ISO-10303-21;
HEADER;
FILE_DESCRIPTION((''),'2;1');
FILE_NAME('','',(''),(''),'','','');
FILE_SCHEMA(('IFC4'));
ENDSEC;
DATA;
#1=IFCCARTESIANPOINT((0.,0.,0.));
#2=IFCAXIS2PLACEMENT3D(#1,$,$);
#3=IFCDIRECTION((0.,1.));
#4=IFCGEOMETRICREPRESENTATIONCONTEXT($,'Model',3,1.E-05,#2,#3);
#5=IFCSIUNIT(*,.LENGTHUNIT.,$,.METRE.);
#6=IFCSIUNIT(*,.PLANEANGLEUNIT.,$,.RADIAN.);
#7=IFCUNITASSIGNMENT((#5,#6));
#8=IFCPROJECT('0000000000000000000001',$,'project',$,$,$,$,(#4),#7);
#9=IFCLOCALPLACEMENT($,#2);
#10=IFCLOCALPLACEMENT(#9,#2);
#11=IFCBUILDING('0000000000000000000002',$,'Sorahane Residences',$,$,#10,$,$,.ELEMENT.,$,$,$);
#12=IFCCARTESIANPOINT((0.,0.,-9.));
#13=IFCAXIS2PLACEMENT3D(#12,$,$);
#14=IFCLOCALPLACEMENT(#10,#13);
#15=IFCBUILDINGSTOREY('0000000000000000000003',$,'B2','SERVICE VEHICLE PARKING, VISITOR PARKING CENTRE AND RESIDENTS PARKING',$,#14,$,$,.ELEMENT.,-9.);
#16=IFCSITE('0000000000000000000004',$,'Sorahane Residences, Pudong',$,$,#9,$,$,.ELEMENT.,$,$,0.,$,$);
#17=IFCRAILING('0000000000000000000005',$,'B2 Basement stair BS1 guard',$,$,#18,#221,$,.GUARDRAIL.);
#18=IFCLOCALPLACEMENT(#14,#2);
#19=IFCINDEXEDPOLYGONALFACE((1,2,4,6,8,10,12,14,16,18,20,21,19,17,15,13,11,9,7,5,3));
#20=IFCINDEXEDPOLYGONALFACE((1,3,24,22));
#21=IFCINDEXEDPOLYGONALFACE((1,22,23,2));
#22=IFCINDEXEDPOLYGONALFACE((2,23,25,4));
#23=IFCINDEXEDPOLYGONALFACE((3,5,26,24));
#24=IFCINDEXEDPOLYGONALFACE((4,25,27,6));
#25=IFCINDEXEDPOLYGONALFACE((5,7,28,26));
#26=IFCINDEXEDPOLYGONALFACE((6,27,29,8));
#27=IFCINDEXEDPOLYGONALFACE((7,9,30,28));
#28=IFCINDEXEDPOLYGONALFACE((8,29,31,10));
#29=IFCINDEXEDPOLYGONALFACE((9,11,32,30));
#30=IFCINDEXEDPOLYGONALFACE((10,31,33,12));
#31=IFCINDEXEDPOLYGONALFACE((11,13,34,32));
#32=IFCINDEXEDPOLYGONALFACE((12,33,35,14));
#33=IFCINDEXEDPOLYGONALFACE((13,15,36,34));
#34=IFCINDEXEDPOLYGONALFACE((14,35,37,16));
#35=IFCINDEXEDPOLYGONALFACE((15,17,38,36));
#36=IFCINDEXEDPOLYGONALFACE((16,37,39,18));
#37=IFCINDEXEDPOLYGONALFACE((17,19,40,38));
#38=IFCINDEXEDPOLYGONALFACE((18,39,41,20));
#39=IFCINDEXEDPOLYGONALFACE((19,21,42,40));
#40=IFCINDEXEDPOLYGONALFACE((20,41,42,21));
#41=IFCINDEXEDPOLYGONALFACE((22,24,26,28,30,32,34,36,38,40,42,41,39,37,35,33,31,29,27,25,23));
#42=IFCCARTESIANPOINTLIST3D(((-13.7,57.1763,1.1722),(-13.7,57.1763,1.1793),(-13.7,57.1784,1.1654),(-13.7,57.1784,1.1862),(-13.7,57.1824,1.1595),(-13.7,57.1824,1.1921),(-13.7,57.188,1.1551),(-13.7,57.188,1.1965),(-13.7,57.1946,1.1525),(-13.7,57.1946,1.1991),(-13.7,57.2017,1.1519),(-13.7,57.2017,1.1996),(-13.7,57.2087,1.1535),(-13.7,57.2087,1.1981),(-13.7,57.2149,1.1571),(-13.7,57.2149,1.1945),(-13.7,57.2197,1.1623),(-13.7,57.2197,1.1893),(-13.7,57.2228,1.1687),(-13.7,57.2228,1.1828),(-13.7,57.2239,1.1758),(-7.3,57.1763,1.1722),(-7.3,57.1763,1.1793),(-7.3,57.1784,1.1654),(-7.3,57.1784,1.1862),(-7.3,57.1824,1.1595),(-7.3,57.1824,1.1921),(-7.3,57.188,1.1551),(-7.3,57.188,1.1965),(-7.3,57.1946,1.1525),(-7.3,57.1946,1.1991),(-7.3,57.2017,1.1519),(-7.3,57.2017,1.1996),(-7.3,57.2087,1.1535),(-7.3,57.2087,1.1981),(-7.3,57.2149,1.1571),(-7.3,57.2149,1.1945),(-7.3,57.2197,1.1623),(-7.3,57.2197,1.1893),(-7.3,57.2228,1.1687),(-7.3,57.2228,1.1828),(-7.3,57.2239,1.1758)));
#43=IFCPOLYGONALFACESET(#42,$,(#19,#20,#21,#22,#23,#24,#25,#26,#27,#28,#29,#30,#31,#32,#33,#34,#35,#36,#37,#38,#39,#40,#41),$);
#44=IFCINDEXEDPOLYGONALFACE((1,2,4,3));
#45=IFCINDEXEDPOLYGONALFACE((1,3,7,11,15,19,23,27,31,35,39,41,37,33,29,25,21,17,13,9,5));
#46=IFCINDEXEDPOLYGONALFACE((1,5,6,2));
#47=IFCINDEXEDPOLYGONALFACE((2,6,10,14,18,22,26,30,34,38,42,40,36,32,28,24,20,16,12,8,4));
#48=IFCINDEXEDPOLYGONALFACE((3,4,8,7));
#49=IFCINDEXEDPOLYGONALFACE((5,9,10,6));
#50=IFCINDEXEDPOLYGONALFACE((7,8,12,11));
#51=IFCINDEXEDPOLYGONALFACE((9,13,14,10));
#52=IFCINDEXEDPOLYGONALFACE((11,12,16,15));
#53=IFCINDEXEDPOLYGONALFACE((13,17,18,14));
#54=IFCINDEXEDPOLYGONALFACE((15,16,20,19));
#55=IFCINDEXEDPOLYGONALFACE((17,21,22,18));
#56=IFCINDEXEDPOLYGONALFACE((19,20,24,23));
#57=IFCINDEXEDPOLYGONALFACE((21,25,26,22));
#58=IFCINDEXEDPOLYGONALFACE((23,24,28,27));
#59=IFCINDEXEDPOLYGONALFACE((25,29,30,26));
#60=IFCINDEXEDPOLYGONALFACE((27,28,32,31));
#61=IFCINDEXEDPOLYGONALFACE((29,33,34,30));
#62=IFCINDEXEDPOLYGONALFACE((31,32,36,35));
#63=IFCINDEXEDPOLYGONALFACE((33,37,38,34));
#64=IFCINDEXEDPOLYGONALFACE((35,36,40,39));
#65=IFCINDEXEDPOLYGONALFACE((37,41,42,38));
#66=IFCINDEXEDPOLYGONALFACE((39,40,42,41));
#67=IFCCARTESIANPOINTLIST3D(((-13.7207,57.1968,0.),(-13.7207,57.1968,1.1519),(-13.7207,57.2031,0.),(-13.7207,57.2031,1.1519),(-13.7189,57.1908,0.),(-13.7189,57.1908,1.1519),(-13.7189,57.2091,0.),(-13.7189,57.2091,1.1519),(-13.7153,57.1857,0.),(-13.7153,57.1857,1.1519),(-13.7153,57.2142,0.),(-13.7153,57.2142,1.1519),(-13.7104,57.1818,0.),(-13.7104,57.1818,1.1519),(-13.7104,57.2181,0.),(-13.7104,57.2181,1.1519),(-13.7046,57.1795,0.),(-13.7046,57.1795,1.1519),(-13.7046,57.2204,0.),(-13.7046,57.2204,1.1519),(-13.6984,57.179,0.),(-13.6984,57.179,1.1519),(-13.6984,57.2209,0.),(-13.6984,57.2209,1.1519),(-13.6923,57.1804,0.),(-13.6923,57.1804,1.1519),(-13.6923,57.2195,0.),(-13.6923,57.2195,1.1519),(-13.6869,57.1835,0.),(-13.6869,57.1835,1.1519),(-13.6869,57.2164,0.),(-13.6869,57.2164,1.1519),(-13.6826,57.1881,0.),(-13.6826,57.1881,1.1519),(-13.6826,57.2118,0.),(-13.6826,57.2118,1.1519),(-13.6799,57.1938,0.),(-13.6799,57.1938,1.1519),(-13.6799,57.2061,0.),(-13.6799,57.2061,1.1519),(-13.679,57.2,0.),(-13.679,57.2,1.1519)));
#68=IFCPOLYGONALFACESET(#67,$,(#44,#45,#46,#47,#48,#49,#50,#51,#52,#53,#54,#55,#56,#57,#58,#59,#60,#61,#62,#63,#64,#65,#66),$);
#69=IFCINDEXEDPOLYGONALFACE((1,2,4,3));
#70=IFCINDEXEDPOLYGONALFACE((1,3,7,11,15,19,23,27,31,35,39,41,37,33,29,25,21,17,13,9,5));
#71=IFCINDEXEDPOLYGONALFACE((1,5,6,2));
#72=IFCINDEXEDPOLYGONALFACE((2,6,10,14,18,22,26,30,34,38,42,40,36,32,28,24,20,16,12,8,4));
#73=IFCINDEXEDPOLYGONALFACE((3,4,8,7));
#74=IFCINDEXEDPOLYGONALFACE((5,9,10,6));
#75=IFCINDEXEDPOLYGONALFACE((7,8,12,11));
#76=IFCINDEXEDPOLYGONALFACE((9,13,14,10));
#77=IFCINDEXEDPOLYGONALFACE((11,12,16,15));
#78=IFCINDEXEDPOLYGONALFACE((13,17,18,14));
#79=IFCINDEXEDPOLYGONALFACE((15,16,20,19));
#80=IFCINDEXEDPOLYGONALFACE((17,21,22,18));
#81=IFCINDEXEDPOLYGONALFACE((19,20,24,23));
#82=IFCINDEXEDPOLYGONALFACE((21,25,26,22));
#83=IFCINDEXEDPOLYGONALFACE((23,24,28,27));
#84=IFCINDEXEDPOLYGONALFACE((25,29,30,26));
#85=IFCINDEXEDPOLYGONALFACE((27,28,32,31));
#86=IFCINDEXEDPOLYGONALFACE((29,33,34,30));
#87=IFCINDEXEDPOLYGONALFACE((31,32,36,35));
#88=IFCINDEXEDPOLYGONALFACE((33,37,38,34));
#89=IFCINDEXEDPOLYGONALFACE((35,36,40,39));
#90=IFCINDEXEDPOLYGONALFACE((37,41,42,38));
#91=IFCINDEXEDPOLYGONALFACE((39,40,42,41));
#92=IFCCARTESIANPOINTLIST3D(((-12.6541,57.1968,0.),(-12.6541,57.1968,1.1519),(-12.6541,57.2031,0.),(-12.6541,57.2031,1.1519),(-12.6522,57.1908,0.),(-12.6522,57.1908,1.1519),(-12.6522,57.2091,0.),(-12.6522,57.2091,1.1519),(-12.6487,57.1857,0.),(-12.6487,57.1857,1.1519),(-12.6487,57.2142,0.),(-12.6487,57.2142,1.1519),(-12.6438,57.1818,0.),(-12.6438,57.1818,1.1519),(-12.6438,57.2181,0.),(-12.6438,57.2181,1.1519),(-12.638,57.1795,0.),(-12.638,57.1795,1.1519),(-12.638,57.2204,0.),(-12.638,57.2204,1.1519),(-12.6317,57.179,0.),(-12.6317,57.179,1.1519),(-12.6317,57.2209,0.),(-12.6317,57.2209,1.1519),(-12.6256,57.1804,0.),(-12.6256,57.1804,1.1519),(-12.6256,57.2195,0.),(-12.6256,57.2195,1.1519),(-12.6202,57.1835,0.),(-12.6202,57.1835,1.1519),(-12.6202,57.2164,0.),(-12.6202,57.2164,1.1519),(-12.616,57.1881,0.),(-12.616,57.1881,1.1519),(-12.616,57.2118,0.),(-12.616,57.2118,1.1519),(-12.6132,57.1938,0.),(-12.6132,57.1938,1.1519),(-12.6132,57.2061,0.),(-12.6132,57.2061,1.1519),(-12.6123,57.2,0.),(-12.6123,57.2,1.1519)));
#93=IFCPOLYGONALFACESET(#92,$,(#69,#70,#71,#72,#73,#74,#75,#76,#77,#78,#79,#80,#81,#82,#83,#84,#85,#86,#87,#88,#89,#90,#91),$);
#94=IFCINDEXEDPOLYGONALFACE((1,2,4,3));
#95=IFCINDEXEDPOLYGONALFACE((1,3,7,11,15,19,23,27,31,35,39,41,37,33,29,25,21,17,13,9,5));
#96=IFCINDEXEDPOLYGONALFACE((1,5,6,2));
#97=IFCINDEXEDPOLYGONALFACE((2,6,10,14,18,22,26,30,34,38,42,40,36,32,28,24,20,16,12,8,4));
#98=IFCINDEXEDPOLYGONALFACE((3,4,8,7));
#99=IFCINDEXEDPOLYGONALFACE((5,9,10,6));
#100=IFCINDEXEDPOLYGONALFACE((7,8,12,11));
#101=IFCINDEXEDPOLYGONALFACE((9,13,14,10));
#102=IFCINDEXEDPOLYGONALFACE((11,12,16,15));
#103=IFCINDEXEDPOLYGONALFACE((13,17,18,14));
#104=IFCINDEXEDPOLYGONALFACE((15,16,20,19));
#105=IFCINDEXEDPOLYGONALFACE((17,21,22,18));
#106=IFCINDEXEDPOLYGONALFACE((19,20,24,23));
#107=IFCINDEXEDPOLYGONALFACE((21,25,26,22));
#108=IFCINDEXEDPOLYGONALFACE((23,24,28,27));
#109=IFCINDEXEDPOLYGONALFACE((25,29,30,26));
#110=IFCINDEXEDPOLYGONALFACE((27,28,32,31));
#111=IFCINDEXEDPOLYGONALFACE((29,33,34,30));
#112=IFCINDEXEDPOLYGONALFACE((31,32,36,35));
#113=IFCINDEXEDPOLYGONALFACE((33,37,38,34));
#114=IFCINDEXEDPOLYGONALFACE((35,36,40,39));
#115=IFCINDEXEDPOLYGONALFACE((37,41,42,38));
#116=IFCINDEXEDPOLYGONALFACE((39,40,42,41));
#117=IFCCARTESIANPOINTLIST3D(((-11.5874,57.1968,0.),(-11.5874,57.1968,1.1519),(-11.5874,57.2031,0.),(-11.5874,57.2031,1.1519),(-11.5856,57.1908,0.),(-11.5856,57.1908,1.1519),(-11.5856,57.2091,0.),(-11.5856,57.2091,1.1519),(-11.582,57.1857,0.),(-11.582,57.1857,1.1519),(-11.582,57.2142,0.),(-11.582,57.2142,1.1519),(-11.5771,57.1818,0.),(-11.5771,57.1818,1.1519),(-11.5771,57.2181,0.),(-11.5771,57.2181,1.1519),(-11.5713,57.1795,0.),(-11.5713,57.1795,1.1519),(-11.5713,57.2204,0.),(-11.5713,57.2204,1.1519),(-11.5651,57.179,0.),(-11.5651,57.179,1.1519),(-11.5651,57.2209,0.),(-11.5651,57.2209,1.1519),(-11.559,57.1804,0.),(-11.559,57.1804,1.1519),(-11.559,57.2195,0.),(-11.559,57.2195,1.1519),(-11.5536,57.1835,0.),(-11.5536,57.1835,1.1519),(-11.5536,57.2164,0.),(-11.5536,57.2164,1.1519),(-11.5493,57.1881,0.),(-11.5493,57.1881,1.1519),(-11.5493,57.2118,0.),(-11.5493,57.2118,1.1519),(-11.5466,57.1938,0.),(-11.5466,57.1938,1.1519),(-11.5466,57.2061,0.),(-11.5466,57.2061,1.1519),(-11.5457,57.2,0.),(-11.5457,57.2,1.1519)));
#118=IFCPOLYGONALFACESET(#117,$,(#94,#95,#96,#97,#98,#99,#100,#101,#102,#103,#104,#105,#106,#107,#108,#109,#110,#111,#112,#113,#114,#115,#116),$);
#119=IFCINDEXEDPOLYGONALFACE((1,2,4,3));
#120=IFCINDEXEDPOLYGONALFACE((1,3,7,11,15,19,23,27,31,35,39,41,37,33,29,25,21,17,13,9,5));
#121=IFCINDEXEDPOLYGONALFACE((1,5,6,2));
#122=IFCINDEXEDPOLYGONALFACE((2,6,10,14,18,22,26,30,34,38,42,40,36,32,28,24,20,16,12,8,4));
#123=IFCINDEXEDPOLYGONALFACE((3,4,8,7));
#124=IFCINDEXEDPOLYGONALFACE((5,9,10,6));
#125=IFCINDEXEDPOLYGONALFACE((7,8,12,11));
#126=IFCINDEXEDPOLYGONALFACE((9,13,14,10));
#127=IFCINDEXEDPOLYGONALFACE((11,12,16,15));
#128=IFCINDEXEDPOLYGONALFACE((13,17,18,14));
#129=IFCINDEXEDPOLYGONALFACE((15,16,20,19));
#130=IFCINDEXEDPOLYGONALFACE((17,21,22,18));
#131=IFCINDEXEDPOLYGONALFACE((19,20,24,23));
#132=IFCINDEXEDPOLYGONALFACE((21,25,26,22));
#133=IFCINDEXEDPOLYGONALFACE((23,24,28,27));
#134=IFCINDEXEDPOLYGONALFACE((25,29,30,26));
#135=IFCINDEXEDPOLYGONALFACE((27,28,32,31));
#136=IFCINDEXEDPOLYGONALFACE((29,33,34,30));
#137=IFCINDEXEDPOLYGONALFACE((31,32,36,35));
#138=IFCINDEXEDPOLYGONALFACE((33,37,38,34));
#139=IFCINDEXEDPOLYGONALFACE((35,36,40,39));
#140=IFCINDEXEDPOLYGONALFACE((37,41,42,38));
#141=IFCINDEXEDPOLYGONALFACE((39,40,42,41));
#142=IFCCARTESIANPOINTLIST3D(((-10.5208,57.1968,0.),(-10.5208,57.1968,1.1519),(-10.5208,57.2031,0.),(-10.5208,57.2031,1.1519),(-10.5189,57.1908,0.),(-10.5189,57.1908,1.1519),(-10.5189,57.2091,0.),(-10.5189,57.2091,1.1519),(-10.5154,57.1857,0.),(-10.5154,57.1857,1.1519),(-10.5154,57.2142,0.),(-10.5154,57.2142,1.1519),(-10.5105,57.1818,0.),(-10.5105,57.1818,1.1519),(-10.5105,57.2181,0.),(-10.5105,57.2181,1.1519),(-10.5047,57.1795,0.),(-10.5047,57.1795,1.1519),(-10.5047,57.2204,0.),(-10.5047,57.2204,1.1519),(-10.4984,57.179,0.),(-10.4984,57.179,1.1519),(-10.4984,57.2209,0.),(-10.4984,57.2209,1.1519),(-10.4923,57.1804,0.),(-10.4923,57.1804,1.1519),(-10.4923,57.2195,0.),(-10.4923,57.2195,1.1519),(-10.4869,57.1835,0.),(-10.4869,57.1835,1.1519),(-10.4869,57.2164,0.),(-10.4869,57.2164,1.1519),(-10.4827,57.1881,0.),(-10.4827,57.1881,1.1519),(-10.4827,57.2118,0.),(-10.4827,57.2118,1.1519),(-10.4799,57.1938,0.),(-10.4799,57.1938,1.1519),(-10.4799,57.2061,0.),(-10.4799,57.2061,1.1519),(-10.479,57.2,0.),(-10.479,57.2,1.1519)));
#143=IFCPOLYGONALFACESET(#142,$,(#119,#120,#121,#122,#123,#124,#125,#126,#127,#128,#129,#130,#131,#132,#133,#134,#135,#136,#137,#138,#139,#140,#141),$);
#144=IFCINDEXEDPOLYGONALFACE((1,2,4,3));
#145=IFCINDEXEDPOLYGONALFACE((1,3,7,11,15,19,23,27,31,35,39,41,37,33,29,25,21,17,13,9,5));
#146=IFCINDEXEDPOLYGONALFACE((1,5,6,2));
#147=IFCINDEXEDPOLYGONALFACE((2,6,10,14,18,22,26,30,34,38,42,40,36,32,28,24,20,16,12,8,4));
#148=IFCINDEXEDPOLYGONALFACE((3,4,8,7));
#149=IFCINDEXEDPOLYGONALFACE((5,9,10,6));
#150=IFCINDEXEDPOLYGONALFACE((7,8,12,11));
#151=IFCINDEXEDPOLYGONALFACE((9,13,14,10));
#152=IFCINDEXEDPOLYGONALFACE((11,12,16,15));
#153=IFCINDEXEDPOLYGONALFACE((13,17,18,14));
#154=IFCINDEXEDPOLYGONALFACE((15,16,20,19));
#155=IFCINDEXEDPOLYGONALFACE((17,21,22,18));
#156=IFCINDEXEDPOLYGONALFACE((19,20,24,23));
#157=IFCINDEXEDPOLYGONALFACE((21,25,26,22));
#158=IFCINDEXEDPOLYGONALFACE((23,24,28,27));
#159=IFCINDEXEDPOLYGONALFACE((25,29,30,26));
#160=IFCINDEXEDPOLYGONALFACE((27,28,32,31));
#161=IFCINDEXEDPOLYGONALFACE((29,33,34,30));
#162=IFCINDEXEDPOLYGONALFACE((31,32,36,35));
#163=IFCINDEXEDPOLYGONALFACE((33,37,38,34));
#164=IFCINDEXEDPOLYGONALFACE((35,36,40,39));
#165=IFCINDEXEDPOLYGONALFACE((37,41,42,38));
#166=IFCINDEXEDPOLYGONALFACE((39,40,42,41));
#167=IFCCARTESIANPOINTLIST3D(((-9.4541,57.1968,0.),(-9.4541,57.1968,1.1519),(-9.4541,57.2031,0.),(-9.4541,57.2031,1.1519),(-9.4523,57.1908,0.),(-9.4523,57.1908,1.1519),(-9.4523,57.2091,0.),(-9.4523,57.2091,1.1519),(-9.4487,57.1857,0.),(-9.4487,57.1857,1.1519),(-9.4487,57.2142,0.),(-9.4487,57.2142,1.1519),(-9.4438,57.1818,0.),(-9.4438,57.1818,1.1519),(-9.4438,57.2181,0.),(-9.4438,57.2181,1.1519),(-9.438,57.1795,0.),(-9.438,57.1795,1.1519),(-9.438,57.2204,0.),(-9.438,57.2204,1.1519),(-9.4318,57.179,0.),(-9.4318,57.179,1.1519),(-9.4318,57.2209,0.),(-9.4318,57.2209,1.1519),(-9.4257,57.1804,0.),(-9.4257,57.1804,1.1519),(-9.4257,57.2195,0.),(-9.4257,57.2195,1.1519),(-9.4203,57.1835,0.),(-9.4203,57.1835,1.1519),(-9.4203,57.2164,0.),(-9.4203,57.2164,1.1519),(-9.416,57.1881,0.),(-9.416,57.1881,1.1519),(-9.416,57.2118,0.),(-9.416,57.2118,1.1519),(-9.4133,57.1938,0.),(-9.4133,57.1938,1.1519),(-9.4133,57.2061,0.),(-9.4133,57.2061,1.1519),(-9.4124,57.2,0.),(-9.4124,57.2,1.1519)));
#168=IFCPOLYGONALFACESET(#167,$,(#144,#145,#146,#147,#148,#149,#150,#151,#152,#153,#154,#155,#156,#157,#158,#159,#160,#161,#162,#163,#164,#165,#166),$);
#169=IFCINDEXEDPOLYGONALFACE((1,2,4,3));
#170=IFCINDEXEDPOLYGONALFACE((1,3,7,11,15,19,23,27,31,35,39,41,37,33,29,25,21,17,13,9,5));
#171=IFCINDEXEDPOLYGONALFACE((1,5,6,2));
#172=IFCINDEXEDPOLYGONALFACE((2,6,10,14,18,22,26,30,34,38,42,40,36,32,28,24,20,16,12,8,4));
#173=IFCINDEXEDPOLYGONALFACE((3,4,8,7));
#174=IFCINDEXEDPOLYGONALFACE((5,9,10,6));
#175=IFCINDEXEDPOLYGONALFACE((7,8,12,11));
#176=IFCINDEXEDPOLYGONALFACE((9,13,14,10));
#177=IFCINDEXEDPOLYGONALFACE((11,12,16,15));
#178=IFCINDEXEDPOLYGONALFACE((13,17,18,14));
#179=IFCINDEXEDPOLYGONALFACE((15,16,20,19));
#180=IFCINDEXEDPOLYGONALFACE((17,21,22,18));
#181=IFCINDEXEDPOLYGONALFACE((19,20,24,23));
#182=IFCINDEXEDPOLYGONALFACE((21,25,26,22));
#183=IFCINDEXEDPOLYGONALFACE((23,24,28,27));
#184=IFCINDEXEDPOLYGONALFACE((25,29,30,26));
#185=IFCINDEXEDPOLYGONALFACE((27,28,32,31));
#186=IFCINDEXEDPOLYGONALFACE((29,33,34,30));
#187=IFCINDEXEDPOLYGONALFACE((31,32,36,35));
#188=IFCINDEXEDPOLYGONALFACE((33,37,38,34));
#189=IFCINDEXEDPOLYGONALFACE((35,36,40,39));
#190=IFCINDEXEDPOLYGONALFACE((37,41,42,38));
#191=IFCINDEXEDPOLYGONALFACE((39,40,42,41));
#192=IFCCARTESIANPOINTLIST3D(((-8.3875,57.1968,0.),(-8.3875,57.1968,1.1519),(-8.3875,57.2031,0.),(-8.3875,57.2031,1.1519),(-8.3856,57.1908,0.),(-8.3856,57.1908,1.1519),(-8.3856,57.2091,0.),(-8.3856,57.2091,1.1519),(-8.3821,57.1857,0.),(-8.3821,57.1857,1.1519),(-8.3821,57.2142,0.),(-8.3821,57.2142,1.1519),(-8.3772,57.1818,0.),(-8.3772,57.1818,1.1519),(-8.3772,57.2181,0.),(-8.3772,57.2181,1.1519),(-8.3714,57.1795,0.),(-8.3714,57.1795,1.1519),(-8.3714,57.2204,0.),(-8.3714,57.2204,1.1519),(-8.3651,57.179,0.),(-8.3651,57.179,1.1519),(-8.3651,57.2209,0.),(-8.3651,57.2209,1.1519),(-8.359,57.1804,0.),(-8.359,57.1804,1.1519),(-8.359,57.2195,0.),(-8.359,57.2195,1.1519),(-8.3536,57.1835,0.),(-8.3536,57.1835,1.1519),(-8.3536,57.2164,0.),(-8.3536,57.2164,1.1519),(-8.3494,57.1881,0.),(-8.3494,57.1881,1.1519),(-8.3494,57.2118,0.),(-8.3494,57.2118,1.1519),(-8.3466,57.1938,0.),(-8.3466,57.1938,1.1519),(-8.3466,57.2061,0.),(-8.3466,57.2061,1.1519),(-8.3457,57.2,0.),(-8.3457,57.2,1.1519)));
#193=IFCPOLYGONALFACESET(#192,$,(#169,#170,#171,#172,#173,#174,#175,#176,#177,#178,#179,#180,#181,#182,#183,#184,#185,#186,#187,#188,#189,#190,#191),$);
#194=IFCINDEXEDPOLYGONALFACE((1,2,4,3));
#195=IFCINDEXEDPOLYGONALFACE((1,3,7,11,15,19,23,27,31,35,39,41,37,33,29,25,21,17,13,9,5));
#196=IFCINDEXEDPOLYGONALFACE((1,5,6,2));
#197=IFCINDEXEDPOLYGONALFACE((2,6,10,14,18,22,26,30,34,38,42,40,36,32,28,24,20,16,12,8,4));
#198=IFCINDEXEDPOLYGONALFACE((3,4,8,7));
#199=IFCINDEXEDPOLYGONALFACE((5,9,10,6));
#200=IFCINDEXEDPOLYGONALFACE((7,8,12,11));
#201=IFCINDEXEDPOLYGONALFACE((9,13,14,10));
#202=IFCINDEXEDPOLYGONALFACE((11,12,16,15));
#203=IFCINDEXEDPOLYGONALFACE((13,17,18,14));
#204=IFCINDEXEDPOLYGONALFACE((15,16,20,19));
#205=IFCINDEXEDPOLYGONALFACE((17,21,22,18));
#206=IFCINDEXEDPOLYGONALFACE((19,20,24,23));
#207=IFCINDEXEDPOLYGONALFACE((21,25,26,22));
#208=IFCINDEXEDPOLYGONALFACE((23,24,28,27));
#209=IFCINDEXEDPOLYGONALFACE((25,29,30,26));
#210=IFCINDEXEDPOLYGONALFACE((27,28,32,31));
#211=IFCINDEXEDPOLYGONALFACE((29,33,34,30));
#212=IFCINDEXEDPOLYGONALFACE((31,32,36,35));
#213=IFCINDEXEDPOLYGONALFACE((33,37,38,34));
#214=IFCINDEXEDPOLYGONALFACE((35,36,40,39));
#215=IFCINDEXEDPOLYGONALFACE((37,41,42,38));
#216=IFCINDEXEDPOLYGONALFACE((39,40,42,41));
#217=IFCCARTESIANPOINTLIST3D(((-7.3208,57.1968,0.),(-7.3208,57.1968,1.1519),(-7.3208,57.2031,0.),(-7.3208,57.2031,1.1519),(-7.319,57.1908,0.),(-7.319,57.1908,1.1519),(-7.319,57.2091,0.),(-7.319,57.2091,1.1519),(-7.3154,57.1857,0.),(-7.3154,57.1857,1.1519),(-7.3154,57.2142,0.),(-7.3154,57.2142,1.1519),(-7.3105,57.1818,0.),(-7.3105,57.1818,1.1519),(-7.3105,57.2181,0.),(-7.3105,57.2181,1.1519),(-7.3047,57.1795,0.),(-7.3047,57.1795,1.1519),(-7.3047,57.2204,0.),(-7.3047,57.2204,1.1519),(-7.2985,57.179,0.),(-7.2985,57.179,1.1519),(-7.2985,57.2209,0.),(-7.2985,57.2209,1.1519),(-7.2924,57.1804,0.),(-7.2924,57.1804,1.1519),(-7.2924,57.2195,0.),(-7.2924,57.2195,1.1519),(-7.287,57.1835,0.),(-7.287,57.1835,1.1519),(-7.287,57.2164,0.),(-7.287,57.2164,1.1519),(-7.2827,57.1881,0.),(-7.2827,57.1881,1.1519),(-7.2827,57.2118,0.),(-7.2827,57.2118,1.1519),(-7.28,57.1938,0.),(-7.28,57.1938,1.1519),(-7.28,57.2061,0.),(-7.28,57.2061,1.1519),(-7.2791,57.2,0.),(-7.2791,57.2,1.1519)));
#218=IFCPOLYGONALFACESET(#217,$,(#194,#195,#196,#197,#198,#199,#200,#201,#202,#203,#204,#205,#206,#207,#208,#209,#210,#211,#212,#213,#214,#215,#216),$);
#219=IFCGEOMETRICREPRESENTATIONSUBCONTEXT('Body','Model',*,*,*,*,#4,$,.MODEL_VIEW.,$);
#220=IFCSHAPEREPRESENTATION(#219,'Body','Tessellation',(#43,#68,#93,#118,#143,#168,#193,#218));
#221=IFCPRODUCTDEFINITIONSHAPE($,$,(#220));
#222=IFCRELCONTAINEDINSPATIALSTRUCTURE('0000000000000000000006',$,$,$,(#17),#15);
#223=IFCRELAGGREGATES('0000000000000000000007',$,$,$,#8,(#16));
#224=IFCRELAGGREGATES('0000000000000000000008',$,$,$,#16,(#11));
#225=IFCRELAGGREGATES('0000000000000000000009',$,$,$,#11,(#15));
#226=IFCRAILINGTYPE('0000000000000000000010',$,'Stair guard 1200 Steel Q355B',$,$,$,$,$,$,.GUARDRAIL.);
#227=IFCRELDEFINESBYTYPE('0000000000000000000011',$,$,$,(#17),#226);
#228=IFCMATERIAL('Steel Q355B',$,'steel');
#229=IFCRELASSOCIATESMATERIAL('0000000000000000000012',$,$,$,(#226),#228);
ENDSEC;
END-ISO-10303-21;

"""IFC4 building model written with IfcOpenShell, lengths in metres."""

from ifc_helpers import new_model, si_unit, direction, frame, origin, origin_2d, place, context, subcontext, project, spatial, circle, extrude, material, type_object, element, save


model = new_model("IFC4")

# Units and contexts
model_context = context("Model", 3, precision=1e-05, world=origin(), true_north=direction((0.0, 1.0)))
body_context = subcontext(model_context, "Body", "Model", "MODEL_VIEW")
ifc_project = project(units=[si_unit("LENGTHUNIT", "METRE"), si_unit("PLANEANGLEUNIT", "RADIAN")], contexts=[model_context])

# Site, building, storey
site_placement = place(None, origin())
site = spatial("IfcSite", under=ifc_project, at=site_placement, Name="Sorahane Residences, Pudong", CompositionType="ELEMENT", RefElevation=0.0)
building_placement = place(site_placement, origin())
building = spatial("IfcBuilding", under=site, at=building_placement, Name="Sorahane Residences", CompositionType="ELEMENT")
storey_placement = place(building_placement, frame((0.0, 0.0, -9.0)))
storey = spatial("IfcBuildingStorey", under=building, at=storey_placement, Name="B2", Description="SERVICE VEHICLE PARKING, VISITOR PARKING CENTRE AND RESIDENTS PARKING", CompositionType="ELEMENT", Elevation=-9.0)

# Railing
ifc_material_1 = material(Name="Steel Q355B", Category="steel")
railing_type_1 = type_object("IfcRailingType", Name="Stair guard 1200 Steel Q355B", PredefinedType="GUARDRAIL", material=ifc_material_1)
railing_1_placement = place(storey_placement, frame((-13.7, 57.2, 0.0)))
element("IfcRailing", 1, at=railing_1_placement, inside=storey, type_object=railing_type_1, Name="B2 Basement stair BS1 guard", PredefinedType="GUARDRAIL", context=body_context, shape_type="SweptSolid", body=[
    extrude(circle(Radius=0.0239, at=origin_2d()), frame((0.0, 0.0, 1.1758), z_axis=(1.0, 0.0, 0.0), x_axis=(0.0, 1.0, 0.0)), (0.0, 0.0, 1.0), 6.3999),
    extrude(circle(Radius=0.021, at=origin_2d()), origin(), (0.0, 0.0, 1.0), 1.1519),
    extrude(circle(Radius=0.021, at=origin_2d()), frame((1.0667, 0.0, 0.0)), (0.0, 0.0, 1.0), 1.1519),
    extrude(circle(Radius=0.021, at=origin_2d()), frame((2.1333, 0.0, 0.0)), (0.0, 0.0, 1.0), 1.1519),
    extrude(circle(Radius=0.021, at=origin_2d()), frame((3.2, 0.0, 0.0)), (0.0, 0.0, 1.0), 1.1519),
    extrude(circle(Radius=0.021, at=origin_2d()), frame((4.2666, 0.0, 0.0)), (0.0, 0.0, 1.0), 1.1519),
    extrude(circle(Radius=0.021, at=origin_2d()), frame((5.3333, 0.0, 0.0)), (0.0, 0.0, 1.0), 1.1519),
    extrude(circle(Radius=0.021, at=origin_2d()), frame((6.3999, 0.0, 0.0)), (0.0, 0.0, 1.0), 1.1519),
])

save(model, "model.ifc")
